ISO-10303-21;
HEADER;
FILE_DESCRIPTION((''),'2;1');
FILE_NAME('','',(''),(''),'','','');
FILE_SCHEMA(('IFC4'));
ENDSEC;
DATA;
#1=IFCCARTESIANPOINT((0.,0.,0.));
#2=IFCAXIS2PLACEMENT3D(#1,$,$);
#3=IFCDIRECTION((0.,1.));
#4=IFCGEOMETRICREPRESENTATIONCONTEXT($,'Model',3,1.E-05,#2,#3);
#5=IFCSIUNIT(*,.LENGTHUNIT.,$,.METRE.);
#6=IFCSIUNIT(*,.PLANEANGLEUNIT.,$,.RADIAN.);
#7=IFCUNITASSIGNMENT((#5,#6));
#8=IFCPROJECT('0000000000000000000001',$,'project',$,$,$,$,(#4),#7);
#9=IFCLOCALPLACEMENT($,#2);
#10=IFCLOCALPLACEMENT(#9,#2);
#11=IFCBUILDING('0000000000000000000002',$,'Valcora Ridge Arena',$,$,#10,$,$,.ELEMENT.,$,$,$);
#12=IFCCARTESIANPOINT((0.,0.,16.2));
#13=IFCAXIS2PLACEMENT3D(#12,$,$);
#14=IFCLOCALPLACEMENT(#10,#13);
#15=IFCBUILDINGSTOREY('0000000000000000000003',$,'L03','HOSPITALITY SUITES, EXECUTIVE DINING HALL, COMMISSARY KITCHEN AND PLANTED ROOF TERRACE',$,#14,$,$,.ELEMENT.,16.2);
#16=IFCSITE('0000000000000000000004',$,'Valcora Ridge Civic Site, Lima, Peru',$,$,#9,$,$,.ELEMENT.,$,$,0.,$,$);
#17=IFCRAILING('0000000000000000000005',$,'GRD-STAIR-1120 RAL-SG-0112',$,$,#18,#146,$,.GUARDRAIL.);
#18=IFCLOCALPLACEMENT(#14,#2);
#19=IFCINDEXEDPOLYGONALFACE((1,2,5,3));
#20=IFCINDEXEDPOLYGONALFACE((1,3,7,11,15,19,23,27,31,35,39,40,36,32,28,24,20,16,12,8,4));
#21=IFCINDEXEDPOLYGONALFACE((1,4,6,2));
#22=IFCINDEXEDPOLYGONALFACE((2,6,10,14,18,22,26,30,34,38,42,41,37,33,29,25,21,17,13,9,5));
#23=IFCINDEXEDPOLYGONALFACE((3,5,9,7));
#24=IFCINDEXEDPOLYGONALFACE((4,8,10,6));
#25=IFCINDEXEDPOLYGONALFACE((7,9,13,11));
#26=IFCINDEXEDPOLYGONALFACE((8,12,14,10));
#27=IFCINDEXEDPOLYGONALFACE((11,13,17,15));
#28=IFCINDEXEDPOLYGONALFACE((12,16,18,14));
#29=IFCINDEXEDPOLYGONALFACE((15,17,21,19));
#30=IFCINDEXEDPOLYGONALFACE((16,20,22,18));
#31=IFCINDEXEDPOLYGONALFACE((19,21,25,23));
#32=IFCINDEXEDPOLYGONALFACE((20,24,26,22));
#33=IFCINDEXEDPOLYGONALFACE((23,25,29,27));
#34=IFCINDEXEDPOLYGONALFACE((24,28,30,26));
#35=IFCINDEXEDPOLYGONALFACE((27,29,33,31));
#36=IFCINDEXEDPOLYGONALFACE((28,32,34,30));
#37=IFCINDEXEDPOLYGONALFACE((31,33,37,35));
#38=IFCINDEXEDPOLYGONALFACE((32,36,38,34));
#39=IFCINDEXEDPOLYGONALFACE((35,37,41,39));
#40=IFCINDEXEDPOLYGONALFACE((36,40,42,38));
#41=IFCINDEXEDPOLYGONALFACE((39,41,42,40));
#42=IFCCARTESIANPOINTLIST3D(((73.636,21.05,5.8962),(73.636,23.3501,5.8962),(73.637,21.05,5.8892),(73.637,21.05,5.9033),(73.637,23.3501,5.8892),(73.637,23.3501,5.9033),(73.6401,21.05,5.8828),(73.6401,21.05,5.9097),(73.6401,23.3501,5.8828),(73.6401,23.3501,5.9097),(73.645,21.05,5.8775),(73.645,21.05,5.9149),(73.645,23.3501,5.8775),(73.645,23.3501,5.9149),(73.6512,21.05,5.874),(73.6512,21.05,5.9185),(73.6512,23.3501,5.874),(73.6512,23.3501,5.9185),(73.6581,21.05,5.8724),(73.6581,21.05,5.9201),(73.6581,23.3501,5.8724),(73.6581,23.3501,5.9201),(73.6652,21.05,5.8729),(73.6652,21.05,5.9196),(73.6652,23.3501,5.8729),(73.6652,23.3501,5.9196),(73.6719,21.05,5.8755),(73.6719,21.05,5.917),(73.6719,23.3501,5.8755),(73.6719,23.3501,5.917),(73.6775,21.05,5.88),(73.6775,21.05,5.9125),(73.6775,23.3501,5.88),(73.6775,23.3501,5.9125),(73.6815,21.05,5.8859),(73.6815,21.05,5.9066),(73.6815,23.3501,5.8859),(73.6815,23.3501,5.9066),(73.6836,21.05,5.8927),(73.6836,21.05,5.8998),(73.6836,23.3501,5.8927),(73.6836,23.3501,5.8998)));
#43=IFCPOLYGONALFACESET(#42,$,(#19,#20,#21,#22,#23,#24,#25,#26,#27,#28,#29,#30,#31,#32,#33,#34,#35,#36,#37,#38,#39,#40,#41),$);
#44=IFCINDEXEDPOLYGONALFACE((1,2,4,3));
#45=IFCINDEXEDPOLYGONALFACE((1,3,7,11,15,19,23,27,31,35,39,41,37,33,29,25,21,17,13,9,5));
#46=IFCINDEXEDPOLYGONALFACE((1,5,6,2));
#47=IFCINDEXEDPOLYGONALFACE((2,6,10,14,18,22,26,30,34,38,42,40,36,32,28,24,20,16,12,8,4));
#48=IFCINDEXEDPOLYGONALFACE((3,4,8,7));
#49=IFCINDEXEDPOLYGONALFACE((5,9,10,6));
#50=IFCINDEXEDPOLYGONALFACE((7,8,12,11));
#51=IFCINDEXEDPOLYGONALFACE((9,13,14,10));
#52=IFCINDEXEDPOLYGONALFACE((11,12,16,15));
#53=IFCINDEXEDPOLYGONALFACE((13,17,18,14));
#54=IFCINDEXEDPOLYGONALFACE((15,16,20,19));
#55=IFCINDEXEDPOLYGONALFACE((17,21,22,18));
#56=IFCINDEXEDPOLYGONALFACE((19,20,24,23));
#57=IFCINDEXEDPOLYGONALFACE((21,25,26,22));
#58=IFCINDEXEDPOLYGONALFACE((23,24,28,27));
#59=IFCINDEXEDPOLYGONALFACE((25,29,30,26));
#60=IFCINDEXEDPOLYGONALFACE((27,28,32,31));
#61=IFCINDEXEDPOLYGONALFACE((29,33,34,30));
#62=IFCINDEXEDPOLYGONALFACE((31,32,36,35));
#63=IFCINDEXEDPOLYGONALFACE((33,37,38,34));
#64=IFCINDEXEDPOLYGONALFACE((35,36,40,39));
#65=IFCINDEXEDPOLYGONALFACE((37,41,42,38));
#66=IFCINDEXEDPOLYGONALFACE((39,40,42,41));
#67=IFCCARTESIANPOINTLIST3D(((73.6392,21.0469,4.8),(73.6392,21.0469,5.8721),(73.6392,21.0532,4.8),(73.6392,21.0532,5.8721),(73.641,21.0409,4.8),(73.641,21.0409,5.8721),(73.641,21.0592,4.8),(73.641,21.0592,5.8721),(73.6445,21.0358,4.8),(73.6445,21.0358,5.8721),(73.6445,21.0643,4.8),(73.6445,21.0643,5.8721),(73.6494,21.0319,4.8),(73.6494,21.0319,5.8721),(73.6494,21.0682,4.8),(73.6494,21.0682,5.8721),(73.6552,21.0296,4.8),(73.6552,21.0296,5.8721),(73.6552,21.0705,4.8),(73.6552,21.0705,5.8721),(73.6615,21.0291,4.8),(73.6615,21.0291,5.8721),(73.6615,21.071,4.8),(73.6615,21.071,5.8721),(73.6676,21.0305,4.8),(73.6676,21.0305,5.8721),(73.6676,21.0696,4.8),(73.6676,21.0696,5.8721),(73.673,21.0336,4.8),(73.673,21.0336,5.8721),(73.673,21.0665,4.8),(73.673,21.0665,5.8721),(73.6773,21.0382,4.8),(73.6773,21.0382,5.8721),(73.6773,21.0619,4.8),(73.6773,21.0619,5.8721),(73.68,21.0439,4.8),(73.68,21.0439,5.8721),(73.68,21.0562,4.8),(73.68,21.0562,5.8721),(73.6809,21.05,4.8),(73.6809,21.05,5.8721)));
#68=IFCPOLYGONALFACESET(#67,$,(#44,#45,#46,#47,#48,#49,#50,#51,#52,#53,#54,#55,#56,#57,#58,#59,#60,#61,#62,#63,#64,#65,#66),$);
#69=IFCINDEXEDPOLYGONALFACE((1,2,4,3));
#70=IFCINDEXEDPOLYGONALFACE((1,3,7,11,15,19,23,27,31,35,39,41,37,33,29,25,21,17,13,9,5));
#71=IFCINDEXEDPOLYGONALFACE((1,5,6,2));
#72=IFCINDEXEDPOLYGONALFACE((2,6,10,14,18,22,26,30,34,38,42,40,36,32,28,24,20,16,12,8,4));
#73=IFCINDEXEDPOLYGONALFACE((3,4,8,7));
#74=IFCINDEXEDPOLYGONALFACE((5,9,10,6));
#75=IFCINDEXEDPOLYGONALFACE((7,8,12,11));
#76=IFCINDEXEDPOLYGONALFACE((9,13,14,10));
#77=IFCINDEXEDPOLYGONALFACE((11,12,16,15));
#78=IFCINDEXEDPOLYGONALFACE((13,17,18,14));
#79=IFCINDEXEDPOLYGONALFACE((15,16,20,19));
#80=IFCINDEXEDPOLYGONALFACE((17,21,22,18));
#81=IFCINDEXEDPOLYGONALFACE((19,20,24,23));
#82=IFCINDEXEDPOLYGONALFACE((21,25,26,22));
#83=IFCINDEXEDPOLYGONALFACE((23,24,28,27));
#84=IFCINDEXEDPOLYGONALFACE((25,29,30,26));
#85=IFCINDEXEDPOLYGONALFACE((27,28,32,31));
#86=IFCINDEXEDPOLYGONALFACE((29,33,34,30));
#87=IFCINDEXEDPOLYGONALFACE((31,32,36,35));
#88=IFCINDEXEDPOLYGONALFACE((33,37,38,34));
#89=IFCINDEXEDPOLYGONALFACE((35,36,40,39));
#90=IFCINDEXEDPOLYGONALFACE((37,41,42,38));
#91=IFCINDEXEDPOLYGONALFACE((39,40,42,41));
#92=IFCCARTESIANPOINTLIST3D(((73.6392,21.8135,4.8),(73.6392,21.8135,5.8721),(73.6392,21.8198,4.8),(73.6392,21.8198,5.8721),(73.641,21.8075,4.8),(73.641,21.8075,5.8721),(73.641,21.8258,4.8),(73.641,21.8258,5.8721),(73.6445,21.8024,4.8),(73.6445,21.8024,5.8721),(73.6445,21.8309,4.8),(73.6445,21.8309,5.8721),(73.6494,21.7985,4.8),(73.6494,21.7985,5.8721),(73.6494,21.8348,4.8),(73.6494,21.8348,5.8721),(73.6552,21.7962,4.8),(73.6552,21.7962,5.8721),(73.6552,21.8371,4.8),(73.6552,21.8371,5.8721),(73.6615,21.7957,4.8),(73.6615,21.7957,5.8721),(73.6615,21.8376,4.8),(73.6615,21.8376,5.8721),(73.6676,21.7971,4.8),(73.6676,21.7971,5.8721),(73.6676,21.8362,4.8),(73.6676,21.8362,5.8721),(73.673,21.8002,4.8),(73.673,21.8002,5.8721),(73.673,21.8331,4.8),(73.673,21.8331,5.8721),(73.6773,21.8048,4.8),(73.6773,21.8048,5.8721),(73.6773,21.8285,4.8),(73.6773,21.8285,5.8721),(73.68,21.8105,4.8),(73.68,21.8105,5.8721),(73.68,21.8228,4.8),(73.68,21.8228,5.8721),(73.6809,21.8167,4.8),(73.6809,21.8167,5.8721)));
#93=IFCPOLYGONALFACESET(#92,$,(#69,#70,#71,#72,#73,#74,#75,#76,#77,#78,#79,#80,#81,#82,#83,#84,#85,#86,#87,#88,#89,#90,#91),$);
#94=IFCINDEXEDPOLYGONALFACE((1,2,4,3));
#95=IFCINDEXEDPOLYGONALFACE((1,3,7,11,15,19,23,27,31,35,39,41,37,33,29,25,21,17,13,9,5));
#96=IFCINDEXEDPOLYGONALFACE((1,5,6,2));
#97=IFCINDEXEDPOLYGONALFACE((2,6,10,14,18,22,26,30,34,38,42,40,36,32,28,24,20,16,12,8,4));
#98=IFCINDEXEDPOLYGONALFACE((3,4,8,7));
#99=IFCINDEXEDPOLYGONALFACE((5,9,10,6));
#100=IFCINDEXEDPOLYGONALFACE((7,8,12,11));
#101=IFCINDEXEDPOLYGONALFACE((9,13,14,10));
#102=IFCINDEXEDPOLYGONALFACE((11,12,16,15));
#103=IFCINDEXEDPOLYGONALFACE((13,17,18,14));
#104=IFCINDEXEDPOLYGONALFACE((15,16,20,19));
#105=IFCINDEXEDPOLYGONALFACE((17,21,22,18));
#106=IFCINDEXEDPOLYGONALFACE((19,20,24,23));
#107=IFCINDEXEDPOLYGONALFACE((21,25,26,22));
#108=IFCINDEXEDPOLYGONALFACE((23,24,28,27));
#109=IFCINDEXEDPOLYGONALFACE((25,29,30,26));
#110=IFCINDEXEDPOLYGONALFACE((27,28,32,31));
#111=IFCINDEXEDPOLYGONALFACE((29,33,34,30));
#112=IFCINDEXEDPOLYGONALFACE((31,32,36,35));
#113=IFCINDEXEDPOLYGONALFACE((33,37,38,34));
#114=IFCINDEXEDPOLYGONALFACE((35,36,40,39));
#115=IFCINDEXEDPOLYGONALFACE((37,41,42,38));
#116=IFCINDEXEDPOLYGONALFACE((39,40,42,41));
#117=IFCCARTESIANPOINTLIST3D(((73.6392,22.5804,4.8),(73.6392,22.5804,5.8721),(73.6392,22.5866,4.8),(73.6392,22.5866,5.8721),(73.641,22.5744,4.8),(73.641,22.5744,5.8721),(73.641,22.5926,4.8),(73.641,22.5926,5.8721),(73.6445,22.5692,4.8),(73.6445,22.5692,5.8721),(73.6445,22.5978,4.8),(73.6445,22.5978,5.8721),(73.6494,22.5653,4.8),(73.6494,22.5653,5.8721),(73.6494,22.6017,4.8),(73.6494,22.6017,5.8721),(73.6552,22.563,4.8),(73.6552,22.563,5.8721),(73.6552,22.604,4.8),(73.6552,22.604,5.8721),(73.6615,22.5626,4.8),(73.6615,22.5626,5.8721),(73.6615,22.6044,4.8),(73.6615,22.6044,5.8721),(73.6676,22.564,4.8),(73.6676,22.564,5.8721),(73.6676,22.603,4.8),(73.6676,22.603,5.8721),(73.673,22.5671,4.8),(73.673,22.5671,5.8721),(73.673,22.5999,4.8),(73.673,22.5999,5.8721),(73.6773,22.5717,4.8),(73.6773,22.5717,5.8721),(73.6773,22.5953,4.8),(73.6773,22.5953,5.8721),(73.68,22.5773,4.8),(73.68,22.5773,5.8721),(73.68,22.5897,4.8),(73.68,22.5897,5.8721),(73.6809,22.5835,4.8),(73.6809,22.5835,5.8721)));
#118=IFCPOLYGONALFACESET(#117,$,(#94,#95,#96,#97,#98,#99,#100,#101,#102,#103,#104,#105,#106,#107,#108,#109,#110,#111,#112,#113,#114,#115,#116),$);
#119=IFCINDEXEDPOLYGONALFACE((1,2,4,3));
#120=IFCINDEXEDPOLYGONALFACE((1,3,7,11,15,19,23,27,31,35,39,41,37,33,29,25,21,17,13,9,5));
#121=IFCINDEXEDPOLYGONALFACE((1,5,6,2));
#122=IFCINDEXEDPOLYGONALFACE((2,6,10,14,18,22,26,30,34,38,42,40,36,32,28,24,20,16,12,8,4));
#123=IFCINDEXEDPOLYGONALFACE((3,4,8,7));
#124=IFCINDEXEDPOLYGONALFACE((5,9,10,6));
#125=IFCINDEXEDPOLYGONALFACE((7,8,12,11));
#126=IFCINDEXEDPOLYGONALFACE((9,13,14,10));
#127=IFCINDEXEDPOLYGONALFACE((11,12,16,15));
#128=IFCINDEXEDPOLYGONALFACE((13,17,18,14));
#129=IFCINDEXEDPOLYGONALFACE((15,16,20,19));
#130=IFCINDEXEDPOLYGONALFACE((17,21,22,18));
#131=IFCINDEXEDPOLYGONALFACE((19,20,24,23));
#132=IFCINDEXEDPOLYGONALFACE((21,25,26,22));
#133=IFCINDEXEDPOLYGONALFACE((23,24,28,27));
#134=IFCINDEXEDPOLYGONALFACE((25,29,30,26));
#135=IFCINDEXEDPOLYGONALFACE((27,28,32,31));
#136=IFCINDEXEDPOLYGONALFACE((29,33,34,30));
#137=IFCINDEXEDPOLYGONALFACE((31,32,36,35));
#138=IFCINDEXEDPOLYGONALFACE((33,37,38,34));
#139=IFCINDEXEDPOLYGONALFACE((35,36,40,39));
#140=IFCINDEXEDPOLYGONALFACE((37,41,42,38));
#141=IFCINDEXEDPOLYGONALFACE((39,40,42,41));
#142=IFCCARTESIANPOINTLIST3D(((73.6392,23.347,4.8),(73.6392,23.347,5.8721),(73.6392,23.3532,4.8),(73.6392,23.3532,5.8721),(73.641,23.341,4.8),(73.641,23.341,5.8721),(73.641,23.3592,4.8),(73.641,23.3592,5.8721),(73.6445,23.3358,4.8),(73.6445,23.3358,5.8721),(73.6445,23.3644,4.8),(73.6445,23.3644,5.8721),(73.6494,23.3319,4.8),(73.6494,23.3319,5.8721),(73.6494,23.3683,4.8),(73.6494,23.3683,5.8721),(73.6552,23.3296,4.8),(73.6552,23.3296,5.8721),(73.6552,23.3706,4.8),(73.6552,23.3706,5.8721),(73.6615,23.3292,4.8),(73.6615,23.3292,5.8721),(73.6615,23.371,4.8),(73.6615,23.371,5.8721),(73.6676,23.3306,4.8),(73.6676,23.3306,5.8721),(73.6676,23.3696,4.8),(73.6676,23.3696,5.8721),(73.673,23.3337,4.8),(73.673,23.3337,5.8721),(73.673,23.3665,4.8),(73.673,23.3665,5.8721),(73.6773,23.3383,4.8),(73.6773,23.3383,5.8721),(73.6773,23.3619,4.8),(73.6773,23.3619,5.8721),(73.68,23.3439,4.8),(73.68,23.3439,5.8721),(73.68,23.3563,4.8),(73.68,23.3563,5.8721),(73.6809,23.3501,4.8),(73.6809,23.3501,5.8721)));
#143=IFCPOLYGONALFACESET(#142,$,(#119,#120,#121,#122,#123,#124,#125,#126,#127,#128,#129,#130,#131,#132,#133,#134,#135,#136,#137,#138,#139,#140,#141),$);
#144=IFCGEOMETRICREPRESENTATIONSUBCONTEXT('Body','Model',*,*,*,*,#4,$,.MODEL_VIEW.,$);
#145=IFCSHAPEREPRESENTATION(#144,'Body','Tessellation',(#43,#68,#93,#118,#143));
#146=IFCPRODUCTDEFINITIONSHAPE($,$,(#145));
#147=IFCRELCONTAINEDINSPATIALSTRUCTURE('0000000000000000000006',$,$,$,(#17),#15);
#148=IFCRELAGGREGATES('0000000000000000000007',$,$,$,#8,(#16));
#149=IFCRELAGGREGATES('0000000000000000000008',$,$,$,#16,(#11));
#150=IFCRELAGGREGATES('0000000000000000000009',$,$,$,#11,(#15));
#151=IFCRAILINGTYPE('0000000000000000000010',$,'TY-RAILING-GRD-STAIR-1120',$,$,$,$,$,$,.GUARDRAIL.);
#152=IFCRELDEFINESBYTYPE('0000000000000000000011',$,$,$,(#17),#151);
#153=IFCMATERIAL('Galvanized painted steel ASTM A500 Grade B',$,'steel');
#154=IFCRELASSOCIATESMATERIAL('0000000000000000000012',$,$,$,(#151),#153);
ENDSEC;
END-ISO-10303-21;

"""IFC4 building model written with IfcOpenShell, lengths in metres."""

from ifc_helpers import new_model, si_unit, direction, frame, origin, origin_2d, place, context, subcontext, project, spatial, circle, extrude, material, type_object, element, save


model = new_model("IFC4")

# Units and contexts
model_context = context("Model", 3, precision=1e-05, world=origin(), true_north=direction((0.0, 1.0)))
body_context = subcontext(model_context, "Body", "Model", "MODEL_VIEW")
ifc_project = project(units=[si_unit("LENGTHUNIT", "METRE"), si_unit("PLANEANGLEUNIT", "RADIAN")], contexts=[model_context])

# Site, building, storey
site_placement = place(None, origin())
site = spatial("IfcSite", under=ifc_project, at=site_placement, Name="Valcora Ridge Civic Site, Lima, Peru", CompositionType="ELEMENT", RefElevation=0.0)
building_placement = place(site_placement, origin())
building = spatial("IfcBuilding", under=site, at=building_placement, Name="Valcora Ridge Arena", CompositionType="ELEMENT")
storey_placement = place(building_placement, frame((0.0, 0.0, 16.2)))
storey = spatial("IfcBuildingStorey", under=building, at=storey_placement, Name="L03", Description="HOSPITALITY SUITES, EXECUTIVE DINING HALL, COMMISSARY KITCHEN AND PLANTED ROOF TERRACE", CompositionType="ELEMENT", Elevation=16.2)

# Railing
ifc_material_1 = material(Name="Galvanized painted steel ASTM A500 Grade B", Category="steel")
railing_type_1 = type_object("IfcRailingType", Name="TY-RAILING-GRD-STAIR-1120", PredefinedType="GUARDRAIL", material=ifc_material_1)
railing_1_placement = place(storey_placement, frame((73.6599, 21.05, 4.8)))
element("IfcRailing", 1, at=railing_1_placement, inside=storey, type_object=railing_type_1, Name="GRD-STAIR-1120 RAL-SG-0112", PredefinedType="GUARDRAIL", context=body_context, shape_type="SweptSolid", body=[
    extrude(circle(Radius=0.0239, at=origin_2d()), frame((0.0, 0.0, 1.0962), z_axis=(0.0, 1.0, 0.0), x_axis=(-1.0, 0.0, 0.0)), (0.0, 0.0, 1.0), 2.3),
    extrude(circle(Radius=0.021, at=origin_2d()), origin(), (0.0, 0.0, 1.0), 1.072),
    extrude(circle(Radius=0.021, at=origin_2d()), frame((0.0, 0.7666, 0.0)), (0.0, 0.0, 1.0), 1.072),
    extrude(circle(Radius=0.021, at=origin_2d()), frame((0.0, 1.5334, 0.0)), (0.0, 0.0, 1.0), 1.072),
    extrude(circle(Radius=0.021, at=origin_2d()), frame((0.0, 2.3, 0.0)), (0.0, 0.0, 1.0), 1.072),
])

save(model, "model.ifc")
